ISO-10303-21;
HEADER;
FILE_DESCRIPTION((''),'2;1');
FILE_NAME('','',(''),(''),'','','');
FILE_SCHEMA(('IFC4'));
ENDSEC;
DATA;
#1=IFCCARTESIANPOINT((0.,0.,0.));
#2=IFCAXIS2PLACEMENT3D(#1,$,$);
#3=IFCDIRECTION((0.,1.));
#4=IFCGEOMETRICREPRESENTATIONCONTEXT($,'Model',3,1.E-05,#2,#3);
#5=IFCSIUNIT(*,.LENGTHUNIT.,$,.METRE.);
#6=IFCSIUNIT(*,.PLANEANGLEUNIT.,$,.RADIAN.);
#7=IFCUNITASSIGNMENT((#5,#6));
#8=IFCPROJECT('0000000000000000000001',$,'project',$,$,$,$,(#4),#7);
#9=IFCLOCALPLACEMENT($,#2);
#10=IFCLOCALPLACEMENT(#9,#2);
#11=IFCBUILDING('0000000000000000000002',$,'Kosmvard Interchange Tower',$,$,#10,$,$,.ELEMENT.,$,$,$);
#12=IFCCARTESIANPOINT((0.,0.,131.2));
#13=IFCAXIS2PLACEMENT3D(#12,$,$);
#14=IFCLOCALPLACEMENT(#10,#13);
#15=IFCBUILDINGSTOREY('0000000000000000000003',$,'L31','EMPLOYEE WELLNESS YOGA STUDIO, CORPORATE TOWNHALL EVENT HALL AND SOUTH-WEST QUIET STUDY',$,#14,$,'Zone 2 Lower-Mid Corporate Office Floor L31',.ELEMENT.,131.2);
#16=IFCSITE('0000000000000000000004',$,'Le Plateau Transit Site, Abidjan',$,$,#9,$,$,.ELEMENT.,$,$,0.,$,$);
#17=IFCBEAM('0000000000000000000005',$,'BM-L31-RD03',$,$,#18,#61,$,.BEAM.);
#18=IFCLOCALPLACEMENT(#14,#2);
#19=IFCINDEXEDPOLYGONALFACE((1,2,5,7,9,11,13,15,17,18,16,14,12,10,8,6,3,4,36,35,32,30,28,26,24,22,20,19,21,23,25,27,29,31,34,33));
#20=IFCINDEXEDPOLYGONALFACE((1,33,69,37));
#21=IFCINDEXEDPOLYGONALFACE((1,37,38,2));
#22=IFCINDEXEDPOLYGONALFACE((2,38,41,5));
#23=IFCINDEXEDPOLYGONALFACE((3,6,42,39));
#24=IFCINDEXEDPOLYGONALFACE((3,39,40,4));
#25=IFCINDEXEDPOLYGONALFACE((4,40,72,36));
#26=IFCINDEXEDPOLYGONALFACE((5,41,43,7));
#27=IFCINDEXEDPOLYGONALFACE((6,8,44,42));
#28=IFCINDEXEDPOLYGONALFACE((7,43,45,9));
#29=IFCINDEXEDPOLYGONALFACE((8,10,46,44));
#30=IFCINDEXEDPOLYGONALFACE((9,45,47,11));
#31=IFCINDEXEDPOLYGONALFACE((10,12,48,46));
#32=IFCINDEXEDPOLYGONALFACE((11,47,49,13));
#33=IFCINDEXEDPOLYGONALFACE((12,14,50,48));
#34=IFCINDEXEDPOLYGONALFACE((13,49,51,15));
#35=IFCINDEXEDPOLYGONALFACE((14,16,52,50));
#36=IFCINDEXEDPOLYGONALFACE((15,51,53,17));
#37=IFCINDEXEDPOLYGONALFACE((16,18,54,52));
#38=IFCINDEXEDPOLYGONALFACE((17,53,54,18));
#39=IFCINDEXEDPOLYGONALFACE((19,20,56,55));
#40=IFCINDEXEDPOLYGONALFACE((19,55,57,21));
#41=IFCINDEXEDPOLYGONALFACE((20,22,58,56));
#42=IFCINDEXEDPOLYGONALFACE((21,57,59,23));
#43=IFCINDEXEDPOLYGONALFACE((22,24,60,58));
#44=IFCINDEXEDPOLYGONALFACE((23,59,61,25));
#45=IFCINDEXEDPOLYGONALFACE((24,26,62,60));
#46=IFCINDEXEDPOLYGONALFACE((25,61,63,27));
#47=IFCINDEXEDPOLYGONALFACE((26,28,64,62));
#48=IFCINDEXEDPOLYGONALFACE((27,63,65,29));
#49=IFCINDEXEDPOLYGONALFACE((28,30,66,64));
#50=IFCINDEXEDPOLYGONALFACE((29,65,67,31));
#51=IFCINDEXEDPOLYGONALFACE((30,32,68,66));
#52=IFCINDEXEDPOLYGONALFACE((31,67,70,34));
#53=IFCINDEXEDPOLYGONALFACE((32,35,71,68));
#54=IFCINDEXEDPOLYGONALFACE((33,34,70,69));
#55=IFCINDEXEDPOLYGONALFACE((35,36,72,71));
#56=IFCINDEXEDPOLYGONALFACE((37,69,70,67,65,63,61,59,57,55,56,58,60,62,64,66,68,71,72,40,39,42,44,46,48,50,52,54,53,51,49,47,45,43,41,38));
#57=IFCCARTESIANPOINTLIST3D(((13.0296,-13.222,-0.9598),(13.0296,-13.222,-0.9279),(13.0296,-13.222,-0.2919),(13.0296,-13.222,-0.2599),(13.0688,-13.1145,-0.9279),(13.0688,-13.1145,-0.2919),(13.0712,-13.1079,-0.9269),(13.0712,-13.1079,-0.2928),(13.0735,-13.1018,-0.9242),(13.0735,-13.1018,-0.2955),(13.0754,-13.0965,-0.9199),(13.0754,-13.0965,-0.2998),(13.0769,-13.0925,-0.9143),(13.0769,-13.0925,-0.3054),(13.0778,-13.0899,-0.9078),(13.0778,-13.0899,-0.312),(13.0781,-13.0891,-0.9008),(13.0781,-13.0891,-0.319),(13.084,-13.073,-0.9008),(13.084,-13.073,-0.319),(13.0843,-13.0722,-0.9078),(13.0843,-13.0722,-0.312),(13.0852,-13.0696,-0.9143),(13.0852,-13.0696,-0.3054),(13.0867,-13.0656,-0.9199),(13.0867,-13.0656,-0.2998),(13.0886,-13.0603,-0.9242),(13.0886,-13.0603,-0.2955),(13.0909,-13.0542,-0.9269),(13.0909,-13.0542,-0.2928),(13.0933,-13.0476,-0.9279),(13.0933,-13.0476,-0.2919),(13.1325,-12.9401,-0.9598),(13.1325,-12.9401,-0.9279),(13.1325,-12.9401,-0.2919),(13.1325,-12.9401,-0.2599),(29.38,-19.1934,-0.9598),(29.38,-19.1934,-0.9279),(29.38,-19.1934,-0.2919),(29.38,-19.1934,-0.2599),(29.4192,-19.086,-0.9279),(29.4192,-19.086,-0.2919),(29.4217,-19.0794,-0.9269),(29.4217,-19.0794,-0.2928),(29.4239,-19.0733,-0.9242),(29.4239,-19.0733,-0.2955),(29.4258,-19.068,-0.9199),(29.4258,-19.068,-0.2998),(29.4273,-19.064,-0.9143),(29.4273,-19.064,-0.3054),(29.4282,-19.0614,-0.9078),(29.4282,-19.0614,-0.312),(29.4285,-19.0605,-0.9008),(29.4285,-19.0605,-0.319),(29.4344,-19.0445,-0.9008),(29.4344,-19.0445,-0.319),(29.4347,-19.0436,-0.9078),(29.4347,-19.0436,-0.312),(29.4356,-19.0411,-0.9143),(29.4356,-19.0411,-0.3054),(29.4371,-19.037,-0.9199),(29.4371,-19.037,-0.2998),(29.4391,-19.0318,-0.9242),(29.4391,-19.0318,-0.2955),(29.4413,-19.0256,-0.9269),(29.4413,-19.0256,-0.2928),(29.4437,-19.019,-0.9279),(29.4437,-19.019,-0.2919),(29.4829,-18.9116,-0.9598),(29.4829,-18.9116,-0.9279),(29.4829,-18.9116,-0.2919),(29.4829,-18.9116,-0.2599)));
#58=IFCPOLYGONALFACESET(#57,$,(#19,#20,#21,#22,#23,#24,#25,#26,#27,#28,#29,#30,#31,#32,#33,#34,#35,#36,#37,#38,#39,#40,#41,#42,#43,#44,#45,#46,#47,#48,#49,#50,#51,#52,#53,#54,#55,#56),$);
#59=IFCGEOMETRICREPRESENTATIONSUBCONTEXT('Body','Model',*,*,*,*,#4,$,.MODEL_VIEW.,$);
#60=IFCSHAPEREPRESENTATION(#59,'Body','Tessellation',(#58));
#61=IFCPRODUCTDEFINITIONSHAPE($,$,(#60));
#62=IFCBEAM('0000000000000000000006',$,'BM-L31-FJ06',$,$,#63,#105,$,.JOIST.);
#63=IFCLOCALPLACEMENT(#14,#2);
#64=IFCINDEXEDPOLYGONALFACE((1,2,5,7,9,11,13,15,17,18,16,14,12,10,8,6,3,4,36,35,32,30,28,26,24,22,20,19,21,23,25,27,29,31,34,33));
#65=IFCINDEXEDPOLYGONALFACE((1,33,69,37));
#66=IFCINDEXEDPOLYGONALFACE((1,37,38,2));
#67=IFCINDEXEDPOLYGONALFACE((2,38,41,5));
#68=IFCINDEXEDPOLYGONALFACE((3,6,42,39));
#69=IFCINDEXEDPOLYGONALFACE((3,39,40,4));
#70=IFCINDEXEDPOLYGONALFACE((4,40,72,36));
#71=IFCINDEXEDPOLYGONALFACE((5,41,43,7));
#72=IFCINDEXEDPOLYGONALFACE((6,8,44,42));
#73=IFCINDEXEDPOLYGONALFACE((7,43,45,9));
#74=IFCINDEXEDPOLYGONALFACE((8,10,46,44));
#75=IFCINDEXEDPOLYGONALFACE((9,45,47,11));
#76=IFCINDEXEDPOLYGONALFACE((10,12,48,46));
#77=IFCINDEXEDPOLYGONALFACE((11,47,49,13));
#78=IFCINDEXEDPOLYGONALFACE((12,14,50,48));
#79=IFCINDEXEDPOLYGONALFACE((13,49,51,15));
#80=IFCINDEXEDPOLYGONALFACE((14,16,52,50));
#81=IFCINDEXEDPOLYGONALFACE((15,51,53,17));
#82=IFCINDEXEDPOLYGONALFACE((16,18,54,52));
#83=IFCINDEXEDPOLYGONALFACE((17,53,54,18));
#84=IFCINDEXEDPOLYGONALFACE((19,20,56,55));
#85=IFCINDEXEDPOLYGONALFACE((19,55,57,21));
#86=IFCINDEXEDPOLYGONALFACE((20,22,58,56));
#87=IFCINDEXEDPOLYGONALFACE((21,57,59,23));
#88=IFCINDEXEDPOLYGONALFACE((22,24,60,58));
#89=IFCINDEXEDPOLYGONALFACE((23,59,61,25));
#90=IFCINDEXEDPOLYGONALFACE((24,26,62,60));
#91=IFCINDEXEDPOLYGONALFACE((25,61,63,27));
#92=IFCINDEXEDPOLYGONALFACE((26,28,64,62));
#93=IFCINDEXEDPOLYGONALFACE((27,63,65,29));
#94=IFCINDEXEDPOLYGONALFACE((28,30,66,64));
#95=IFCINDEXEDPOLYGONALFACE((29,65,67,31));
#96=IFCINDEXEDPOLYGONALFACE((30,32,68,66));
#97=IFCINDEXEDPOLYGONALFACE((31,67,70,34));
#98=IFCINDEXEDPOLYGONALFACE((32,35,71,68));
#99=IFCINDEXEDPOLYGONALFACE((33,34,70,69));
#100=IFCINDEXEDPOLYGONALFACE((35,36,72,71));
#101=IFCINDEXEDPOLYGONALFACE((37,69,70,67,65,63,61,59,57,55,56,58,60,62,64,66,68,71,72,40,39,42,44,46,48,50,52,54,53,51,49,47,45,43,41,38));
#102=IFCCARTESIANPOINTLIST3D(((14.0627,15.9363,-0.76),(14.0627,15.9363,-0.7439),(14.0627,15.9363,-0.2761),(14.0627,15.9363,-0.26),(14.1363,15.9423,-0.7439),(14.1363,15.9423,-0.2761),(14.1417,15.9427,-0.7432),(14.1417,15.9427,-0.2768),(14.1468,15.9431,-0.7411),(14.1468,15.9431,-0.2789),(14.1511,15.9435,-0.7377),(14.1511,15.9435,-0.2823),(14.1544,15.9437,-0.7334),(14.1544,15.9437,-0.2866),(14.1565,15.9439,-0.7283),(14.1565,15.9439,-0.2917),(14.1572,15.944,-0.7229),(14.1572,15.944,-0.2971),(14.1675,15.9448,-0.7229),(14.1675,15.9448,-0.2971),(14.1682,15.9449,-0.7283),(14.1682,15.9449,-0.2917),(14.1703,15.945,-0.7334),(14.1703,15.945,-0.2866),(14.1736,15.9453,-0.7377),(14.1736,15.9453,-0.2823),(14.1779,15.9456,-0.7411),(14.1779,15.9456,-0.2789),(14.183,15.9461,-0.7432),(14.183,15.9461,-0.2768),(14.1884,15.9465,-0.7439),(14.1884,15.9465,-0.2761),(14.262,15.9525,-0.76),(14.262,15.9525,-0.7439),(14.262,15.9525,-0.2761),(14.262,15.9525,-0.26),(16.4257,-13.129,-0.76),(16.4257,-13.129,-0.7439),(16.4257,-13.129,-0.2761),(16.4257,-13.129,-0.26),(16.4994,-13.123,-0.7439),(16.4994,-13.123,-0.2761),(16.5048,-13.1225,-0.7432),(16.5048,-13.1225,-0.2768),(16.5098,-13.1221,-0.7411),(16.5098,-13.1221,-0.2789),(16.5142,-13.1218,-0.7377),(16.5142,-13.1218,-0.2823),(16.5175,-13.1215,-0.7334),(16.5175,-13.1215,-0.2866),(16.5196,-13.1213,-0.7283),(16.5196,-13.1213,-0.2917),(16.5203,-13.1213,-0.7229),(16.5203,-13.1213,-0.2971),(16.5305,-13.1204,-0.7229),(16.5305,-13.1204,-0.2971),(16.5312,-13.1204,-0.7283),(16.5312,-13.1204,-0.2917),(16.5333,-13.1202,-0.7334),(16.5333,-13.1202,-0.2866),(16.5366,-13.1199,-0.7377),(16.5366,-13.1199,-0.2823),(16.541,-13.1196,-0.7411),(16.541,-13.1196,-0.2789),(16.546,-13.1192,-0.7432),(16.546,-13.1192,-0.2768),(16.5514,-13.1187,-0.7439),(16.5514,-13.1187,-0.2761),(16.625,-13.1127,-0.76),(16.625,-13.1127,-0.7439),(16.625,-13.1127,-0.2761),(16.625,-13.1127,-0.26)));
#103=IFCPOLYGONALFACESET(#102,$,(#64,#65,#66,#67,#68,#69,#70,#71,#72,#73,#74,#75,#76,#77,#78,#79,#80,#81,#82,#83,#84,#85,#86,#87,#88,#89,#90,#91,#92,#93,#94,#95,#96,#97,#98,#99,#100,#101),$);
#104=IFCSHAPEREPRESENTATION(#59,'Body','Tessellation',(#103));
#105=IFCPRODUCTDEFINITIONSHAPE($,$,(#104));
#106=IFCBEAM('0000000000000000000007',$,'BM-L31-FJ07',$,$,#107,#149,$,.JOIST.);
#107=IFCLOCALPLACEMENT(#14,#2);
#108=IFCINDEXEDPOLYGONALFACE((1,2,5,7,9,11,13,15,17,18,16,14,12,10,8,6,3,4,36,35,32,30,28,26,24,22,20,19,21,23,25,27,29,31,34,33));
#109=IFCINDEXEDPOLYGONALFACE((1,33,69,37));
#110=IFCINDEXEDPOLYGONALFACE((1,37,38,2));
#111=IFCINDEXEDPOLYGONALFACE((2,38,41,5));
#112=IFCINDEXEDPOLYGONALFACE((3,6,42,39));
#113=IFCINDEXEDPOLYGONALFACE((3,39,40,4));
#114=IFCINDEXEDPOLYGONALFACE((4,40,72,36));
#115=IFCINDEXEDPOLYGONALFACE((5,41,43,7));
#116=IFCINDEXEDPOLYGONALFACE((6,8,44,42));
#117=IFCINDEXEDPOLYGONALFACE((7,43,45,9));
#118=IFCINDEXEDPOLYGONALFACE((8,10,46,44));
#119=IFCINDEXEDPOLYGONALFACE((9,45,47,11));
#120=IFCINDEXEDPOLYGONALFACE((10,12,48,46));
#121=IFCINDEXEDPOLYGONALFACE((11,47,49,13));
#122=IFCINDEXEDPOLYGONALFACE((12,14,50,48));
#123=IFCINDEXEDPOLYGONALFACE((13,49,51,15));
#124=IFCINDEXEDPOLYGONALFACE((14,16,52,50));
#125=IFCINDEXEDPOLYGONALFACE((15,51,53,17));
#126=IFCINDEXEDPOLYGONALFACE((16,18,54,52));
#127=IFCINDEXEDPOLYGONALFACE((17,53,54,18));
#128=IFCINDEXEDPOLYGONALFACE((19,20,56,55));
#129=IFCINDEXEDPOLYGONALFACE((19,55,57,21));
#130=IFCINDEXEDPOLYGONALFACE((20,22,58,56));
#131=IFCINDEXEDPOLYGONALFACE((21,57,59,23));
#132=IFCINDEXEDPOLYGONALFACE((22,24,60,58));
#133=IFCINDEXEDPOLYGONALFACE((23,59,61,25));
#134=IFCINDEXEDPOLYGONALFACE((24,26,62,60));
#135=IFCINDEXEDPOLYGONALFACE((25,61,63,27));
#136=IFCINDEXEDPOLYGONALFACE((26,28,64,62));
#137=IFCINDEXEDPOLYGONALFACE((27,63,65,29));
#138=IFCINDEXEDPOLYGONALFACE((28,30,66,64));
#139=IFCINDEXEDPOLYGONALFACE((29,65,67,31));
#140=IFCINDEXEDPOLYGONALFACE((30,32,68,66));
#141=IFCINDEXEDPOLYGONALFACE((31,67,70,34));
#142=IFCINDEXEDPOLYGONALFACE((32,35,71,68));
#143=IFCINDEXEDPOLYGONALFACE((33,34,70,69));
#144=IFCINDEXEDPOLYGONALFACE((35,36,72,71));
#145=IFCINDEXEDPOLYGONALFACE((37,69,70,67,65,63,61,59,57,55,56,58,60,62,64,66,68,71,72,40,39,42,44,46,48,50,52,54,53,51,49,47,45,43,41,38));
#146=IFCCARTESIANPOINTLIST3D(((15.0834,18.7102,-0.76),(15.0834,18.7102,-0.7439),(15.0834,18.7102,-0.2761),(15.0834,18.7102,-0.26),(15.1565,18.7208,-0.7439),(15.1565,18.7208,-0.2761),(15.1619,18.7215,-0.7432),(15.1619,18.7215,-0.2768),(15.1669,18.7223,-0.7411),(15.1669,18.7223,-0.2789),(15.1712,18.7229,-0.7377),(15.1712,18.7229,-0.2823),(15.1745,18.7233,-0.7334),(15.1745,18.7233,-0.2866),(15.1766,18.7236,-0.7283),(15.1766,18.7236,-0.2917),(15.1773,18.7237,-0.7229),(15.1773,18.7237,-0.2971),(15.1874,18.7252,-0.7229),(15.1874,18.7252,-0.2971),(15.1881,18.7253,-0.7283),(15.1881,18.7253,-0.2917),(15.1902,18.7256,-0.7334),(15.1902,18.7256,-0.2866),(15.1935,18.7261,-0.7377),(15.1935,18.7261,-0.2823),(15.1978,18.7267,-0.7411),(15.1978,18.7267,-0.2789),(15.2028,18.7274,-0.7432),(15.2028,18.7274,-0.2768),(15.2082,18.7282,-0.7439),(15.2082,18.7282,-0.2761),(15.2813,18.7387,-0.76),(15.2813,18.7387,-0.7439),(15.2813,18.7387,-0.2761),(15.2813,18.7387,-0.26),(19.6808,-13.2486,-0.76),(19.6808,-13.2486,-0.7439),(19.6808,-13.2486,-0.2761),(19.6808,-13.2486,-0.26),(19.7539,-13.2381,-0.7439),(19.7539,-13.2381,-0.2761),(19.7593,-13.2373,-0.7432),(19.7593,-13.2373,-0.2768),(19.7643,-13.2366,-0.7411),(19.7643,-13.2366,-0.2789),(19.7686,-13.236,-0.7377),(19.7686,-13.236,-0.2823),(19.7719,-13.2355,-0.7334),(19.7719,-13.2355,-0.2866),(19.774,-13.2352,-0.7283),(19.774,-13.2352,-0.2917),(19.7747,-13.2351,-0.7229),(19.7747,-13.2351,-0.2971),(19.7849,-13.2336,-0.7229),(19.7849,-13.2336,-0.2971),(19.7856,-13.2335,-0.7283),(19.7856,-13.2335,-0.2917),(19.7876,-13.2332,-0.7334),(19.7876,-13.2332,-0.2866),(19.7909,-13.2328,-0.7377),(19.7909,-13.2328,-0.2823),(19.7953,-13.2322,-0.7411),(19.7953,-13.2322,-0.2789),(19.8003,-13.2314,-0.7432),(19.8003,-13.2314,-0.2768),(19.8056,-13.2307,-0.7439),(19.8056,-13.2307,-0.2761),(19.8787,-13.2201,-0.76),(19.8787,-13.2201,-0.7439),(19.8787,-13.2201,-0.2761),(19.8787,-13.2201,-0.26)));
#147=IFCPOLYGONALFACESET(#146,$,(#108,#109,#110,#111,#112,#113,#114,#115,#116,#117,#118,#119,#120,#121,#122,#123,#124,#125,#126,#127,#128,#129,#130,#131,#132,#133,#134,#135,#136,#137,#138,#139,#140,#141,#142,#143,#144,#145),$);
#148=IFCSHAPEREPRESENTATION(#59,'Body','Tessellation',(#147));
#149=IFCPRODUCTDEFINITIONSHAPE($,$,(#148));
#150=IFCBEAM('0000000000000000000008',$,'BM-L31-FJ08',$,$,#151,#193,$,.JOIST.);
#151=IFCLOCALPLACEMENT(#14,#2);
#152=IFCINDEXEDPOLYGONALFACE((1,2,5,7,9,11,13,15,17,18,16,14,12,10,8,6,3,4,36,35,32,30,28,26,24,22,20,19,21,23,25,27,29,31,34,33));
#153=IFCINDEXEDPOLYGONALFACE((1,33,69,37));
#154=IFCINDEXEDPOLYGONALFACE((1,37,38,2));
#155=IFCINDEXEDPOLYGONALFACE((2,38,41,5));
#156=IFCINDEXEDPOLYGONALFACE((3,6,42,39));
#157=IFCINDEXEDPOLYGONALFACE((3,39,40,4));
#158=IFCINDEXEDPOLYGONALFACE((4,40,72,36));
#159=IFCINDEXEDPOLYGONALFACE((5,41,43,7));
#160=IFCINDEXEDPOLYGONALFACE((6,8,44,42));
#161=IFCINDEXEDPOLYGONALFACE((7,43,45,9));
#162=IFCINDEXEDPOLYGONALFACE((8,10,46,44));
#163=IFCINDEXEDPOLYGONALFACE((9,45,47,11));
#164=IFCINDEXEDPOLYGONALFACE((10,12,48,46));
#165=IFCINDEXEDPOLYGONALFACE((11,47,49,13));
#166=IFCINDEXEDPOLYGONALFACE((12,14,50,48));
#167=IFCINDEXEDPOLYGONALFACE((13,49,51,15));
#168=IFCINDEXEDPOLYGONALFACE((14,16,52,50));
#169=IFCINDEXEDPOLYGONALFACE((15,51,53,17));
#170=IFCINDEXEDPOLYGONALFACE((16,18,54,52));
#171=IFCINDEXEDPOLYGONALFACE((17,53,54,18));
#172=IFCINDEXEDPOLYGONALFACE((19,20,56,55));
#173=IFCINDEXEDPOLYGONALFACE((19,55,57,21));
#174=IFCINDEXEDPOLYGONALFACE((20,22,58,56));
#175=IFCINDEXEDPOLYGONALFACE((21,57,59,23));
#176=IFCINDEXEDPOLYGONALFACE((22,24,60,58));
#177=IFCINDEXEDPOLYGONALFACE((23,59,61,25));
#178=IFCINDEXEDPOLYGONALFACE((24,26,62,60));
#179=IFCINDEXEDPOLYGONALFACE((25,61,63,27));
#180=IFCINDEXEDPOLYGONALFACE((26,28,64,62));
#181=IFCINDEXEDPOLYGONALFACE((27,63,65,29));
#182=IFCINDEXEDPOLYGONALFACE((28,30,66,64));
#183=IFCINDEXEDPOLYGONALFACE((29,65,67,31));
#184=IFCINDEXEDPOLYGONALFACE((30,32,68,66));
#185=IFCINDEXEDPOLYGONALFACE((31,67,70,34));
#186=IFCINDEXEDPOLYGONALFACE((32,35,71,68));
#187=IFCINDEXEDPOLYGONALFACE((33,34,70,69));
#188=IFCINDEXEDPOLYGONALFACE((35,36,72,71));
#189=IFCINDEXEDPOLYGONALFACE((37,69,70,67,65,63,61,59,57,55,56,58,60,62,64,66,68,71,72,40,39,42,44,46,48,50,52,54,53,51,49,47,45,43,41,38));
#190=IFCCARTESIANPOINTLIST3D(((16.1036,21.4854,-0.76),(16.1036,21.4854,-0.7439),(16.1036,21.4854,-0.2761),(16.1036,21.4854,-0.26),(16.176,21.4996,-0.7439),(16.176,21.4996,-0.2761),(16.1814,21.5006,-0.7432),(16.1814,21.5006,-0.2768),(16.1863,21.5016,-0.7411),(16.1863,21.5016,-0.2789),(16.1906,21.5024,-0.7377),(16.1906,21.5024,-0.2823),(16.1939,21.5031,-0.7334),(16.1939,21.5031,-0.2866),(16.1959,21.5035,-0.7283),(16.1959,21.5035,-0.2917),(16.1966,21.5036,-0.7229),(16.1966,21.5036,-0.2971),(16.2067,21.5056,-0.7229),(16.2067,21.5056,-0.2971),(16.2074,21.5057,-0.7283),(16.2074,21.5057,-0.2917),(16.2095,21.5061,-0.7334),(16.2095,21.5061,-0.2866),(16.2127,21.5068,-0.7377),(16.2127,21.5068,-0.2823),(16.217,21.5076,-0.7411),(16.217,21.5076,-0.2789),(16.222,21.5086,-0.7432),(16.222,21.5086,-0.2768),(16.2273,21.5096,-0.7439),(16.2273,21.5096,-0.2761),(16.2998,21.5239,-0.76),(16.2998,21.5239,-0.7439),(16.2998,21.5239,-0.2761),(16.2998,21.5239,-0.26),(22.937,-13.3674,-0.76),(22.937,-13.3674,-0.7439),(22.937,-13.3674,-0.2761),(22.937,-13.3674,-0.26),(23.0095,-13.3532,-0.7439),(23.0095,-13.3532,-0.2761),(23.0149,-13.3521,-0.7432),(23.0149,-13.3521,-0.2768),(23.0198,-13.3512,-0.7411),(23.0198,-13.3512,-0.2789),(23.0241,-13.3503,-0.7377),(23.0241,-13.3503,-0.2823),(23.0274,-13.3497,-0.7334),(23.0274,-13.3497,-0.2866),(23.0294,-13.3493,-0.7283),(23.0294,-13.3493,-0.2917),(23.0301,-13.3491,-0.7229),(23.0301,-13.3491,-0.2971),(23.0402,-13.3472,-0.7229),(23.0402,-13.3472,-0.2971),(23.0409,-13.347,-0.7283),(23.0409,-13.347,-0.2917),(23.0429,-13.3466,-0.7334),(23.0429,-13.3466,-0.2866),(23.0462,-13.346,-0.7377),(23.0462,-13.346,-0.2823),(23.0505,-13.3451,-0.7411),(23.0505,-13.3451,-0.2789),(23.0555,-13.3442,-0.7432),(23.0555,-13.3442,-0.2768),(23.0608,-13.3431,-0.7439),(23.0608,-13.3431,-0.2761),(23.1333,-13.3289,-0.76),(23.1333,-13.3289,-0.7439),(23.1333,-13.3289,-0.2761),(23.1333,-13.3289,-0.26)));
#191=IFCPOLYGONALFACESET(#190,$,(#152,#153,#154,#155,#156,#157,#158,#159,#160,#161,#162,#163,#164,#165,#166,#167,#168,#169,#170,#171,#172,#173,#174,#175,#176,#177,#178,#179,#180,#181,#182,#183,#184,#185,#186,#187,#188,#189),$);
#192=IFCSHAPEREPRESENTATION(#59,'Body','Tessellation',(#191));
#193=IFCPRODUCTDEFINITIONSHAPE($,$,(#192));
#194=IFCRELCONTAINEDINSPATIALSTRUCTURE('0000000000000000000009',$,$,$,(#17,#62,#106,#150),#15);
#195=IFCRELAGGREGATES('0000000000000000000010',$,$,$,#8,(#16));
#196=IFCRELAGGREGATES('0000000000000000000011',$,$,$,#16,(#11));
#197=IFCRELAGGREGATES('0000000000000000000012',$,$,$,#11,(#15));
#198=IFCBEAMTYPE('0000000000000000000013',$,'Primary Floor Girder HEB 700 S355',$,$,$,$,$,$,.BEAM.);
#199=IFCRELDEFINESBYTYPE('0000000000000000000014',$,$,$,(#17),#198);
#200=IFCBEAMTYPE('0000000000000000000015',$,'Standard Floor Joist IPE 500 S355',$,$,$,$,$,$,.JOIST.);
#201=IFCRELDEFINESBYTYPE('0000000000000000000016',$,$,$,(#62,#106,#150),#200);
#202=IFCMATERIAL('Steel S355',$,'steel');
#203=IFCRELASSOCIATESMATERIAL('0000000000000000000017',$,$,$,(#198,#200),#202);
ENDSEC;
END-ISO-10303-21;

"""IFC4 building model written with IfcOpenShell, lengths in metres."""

from ifc_helpers import new_model, si_unit, direction, frame, origin, origin_2d, place, context, subcontext, project, spatial, i_section, extrude, source, transform, mapped, material, material_profile, profile_set, type_object, element, save


model = new_model("IFC4")

# Units and contexts
model_context = context("Model", 3, precision=1e-05, world=origin(), true_north=direction((0.0, 1.0)))
body_context = subcontext(model_context, "Body", "Model", "MODEL_VIEW")
ifc_project = project(units=[si_unit("LENGTHUNIT", "METRE"), si_unit("PLANEANGLEUNIT", "RADIAN")], contexts=[model_context])

# Site, building, storey
site_placement = place(None, origin())
site = spatial("IfcSite", under=ifc_project, at=site_placement, Name="Le Plateau Transit Site, Abidjan", CompositionType="ELEMENT", RefElevation=0.0)
building_placement = place(site_placement, origin())
building = spatial("IfcBuilding", under=site, at=building_placement, Name="Kosmvard Interchange Tower", CompositionType="ELEMENT")
storey_placement = place(building_placement, frame((0.0, 0.0, 131.2)))
storey = spatial("IfcBuildingStorey", under=building, at=storey_placement, Name="L31", Description="EMPLOYEE WELLNESS YOGA STUDIO, CORPORATE TOWNHALL EVENT HALL AND SOUTH-WEST QUIET STUDY", LongName="Zone 2 Lower-Mid Corporate Office Floor L31", CompositionType="ELEMENT", Elevation=131.2)

# Beams
ifc_material_1 = material(Name="Steel S355", Category="steel")
ifc_material_profile_1 = material_profile(ifc_material_1, i_section(OverallWidth=0.3, OverallDepth=0.7, WebThickness=0.0171, FlangeThickness=0.032, FilletRadius=0.0271, at=origin_2d()), Name="HEB 700")
ifc_profile_set_1 = profile_set([ifc_material_profile_1], Name="Steel S355")
beam_type_1 = type_object("IfcBeamType", Name="Primary Floor Girder HEB 700 S355", PredefinedType="BEAM", material=ifc_profile_set_1)
shared_shape_1 = source(origin(), body_context, "Body", "SweptSolid", [
    extrude(i_section(OverallWidth=0.3, OverallDepth=0.7, WebThickness=0.0171, FlangeThickness=0.032, FilletRadius=0.0271, at=origin_2d()), origin(), (0.0, 0.0, 1.0), 17.4067),
])
beam_1_placement = place(storey_placement, frame((13.0811, -13.0811, -0.6099), z_axis=(0.939315, -0.343055, 0.0), x_axis=(0.343055, 0.939315, 0.0)))
element("IfcBeam", 1, at=beam_1_placement, inside=storey, type_object=beam_type_1, Name="BM-L31-RD03", PredefinedType="BEAM", context=body_context, shape_type="MappedRepresentation", body=[
    mapped(shared_shape_1, transform((0.0, 0.0, 0.0), scale=1.0)),
])
ifc_material_profile_2 = material_profile(ifc_material_1, i_section(OverallWidth=0.2, OverallDepth=0.5, WebThickness=0.0103, FlangeThickness=0.0161, FilletRadius=0.021, at=origin_2d()), Name="IPE 500")
ifc_profile_set_2 = profile_set([ifc_material_profile_2], Name="Steel S355")
beam_type_2 = type_object("IfcBeamType", Name="Standard Floor Joist IPE 500 S355", PredefinedType="JOIST", material=ifc_profile_set_2)
shared_shape_2 = source(origin(), body_context, "Body", "SweptSolid", [
    extrude(i_section(OverallWidth=0.2, OverallDepth=0.5, WebThickness=0.0103, FlangeThickness=0.0161, FilletRadius=0.021, at=origin_2d()), origin(), (0.0, 0.0, 1.0), 29.1611),
])
beam_2_placement = place(storey_placement, frame((16.5254, -13.1208, -0.51), z_axis=(-0.081034, 0.996711, 0.0), x_axis=(-0.996711, -0.081034, 0.0)))
element("IfcBeam", 2, at=beam_2_placement, inside=storey, type_object=beam_type_2, Name="BM-L31-FJ06", PredefinedType="JOIST", context=body_context, shape_type="MappedRepresentation", body=[
    mapped(shared_shape_2, transform((0.0, 0.0, 0.0), scale=1.0)),
])
shared_shape_3 = source(origin(), body_context, "Body", "SweptSolid", [
    extrude(i_section(OverallWidth=0.2, OverallDepth=0.5, WebThickness=0.0103, FlangeThickness=0.0161, FilletRadius=0.021, at=origin_2d()), origin(), (0.0, 0.0, 1.0), 32.2878),
])
beam_3_placement = place(storey_placement, frame((19.7798, -13.2344, -0.51), z_axis=(-0.142389, 0.989811, 0.0), x_axis=(-0.989811, -0.142389, 0.0)))
element("IfcBeam", 3, at=beam_3_placement, inside=storey, type_object=beam_type_2, Name="BM-L31-FJ07", PredefinedType="JOIST", context=body_context, shape_type="MappedRepresentation", body=[
    mapped(shared_shape_3, transform((0.0, 0.0, 0.0), scale=1.0)),
])
shared_shape_4 = source(origin(), body_context, "Body", "SweptSolid", [
    extrude(i_section(OverallWidth=0.2, OverallDepth=0.5, WebThickness=0.0103, FlangeThickness=0.0161, FilletRadius=0.021, at=origin_2d()), origin(), (0.0, 0.0, 1.0), 35.5164),
])
beam_4_placement = place(storey_placement, frame((23.0352, -13.3481, -0.51), z_axis=(-0.192404, 0.981316, 0.0), x_axis=(-0.981316, -0.192404, 0.0)))
element("IfcBeam", 4, at=beam_4_placement, inside=storey, type_object=beam_type_2, Name="BM-L31-FJ08", PredefinedType="JOIST", context=body_context, shape_type="MappedRepresentation", body=[
    mapped(shared_shape_4, transform((0.0, 0.0, 0.0), scale=1.0)),
])

save(model, "model.ifc")
